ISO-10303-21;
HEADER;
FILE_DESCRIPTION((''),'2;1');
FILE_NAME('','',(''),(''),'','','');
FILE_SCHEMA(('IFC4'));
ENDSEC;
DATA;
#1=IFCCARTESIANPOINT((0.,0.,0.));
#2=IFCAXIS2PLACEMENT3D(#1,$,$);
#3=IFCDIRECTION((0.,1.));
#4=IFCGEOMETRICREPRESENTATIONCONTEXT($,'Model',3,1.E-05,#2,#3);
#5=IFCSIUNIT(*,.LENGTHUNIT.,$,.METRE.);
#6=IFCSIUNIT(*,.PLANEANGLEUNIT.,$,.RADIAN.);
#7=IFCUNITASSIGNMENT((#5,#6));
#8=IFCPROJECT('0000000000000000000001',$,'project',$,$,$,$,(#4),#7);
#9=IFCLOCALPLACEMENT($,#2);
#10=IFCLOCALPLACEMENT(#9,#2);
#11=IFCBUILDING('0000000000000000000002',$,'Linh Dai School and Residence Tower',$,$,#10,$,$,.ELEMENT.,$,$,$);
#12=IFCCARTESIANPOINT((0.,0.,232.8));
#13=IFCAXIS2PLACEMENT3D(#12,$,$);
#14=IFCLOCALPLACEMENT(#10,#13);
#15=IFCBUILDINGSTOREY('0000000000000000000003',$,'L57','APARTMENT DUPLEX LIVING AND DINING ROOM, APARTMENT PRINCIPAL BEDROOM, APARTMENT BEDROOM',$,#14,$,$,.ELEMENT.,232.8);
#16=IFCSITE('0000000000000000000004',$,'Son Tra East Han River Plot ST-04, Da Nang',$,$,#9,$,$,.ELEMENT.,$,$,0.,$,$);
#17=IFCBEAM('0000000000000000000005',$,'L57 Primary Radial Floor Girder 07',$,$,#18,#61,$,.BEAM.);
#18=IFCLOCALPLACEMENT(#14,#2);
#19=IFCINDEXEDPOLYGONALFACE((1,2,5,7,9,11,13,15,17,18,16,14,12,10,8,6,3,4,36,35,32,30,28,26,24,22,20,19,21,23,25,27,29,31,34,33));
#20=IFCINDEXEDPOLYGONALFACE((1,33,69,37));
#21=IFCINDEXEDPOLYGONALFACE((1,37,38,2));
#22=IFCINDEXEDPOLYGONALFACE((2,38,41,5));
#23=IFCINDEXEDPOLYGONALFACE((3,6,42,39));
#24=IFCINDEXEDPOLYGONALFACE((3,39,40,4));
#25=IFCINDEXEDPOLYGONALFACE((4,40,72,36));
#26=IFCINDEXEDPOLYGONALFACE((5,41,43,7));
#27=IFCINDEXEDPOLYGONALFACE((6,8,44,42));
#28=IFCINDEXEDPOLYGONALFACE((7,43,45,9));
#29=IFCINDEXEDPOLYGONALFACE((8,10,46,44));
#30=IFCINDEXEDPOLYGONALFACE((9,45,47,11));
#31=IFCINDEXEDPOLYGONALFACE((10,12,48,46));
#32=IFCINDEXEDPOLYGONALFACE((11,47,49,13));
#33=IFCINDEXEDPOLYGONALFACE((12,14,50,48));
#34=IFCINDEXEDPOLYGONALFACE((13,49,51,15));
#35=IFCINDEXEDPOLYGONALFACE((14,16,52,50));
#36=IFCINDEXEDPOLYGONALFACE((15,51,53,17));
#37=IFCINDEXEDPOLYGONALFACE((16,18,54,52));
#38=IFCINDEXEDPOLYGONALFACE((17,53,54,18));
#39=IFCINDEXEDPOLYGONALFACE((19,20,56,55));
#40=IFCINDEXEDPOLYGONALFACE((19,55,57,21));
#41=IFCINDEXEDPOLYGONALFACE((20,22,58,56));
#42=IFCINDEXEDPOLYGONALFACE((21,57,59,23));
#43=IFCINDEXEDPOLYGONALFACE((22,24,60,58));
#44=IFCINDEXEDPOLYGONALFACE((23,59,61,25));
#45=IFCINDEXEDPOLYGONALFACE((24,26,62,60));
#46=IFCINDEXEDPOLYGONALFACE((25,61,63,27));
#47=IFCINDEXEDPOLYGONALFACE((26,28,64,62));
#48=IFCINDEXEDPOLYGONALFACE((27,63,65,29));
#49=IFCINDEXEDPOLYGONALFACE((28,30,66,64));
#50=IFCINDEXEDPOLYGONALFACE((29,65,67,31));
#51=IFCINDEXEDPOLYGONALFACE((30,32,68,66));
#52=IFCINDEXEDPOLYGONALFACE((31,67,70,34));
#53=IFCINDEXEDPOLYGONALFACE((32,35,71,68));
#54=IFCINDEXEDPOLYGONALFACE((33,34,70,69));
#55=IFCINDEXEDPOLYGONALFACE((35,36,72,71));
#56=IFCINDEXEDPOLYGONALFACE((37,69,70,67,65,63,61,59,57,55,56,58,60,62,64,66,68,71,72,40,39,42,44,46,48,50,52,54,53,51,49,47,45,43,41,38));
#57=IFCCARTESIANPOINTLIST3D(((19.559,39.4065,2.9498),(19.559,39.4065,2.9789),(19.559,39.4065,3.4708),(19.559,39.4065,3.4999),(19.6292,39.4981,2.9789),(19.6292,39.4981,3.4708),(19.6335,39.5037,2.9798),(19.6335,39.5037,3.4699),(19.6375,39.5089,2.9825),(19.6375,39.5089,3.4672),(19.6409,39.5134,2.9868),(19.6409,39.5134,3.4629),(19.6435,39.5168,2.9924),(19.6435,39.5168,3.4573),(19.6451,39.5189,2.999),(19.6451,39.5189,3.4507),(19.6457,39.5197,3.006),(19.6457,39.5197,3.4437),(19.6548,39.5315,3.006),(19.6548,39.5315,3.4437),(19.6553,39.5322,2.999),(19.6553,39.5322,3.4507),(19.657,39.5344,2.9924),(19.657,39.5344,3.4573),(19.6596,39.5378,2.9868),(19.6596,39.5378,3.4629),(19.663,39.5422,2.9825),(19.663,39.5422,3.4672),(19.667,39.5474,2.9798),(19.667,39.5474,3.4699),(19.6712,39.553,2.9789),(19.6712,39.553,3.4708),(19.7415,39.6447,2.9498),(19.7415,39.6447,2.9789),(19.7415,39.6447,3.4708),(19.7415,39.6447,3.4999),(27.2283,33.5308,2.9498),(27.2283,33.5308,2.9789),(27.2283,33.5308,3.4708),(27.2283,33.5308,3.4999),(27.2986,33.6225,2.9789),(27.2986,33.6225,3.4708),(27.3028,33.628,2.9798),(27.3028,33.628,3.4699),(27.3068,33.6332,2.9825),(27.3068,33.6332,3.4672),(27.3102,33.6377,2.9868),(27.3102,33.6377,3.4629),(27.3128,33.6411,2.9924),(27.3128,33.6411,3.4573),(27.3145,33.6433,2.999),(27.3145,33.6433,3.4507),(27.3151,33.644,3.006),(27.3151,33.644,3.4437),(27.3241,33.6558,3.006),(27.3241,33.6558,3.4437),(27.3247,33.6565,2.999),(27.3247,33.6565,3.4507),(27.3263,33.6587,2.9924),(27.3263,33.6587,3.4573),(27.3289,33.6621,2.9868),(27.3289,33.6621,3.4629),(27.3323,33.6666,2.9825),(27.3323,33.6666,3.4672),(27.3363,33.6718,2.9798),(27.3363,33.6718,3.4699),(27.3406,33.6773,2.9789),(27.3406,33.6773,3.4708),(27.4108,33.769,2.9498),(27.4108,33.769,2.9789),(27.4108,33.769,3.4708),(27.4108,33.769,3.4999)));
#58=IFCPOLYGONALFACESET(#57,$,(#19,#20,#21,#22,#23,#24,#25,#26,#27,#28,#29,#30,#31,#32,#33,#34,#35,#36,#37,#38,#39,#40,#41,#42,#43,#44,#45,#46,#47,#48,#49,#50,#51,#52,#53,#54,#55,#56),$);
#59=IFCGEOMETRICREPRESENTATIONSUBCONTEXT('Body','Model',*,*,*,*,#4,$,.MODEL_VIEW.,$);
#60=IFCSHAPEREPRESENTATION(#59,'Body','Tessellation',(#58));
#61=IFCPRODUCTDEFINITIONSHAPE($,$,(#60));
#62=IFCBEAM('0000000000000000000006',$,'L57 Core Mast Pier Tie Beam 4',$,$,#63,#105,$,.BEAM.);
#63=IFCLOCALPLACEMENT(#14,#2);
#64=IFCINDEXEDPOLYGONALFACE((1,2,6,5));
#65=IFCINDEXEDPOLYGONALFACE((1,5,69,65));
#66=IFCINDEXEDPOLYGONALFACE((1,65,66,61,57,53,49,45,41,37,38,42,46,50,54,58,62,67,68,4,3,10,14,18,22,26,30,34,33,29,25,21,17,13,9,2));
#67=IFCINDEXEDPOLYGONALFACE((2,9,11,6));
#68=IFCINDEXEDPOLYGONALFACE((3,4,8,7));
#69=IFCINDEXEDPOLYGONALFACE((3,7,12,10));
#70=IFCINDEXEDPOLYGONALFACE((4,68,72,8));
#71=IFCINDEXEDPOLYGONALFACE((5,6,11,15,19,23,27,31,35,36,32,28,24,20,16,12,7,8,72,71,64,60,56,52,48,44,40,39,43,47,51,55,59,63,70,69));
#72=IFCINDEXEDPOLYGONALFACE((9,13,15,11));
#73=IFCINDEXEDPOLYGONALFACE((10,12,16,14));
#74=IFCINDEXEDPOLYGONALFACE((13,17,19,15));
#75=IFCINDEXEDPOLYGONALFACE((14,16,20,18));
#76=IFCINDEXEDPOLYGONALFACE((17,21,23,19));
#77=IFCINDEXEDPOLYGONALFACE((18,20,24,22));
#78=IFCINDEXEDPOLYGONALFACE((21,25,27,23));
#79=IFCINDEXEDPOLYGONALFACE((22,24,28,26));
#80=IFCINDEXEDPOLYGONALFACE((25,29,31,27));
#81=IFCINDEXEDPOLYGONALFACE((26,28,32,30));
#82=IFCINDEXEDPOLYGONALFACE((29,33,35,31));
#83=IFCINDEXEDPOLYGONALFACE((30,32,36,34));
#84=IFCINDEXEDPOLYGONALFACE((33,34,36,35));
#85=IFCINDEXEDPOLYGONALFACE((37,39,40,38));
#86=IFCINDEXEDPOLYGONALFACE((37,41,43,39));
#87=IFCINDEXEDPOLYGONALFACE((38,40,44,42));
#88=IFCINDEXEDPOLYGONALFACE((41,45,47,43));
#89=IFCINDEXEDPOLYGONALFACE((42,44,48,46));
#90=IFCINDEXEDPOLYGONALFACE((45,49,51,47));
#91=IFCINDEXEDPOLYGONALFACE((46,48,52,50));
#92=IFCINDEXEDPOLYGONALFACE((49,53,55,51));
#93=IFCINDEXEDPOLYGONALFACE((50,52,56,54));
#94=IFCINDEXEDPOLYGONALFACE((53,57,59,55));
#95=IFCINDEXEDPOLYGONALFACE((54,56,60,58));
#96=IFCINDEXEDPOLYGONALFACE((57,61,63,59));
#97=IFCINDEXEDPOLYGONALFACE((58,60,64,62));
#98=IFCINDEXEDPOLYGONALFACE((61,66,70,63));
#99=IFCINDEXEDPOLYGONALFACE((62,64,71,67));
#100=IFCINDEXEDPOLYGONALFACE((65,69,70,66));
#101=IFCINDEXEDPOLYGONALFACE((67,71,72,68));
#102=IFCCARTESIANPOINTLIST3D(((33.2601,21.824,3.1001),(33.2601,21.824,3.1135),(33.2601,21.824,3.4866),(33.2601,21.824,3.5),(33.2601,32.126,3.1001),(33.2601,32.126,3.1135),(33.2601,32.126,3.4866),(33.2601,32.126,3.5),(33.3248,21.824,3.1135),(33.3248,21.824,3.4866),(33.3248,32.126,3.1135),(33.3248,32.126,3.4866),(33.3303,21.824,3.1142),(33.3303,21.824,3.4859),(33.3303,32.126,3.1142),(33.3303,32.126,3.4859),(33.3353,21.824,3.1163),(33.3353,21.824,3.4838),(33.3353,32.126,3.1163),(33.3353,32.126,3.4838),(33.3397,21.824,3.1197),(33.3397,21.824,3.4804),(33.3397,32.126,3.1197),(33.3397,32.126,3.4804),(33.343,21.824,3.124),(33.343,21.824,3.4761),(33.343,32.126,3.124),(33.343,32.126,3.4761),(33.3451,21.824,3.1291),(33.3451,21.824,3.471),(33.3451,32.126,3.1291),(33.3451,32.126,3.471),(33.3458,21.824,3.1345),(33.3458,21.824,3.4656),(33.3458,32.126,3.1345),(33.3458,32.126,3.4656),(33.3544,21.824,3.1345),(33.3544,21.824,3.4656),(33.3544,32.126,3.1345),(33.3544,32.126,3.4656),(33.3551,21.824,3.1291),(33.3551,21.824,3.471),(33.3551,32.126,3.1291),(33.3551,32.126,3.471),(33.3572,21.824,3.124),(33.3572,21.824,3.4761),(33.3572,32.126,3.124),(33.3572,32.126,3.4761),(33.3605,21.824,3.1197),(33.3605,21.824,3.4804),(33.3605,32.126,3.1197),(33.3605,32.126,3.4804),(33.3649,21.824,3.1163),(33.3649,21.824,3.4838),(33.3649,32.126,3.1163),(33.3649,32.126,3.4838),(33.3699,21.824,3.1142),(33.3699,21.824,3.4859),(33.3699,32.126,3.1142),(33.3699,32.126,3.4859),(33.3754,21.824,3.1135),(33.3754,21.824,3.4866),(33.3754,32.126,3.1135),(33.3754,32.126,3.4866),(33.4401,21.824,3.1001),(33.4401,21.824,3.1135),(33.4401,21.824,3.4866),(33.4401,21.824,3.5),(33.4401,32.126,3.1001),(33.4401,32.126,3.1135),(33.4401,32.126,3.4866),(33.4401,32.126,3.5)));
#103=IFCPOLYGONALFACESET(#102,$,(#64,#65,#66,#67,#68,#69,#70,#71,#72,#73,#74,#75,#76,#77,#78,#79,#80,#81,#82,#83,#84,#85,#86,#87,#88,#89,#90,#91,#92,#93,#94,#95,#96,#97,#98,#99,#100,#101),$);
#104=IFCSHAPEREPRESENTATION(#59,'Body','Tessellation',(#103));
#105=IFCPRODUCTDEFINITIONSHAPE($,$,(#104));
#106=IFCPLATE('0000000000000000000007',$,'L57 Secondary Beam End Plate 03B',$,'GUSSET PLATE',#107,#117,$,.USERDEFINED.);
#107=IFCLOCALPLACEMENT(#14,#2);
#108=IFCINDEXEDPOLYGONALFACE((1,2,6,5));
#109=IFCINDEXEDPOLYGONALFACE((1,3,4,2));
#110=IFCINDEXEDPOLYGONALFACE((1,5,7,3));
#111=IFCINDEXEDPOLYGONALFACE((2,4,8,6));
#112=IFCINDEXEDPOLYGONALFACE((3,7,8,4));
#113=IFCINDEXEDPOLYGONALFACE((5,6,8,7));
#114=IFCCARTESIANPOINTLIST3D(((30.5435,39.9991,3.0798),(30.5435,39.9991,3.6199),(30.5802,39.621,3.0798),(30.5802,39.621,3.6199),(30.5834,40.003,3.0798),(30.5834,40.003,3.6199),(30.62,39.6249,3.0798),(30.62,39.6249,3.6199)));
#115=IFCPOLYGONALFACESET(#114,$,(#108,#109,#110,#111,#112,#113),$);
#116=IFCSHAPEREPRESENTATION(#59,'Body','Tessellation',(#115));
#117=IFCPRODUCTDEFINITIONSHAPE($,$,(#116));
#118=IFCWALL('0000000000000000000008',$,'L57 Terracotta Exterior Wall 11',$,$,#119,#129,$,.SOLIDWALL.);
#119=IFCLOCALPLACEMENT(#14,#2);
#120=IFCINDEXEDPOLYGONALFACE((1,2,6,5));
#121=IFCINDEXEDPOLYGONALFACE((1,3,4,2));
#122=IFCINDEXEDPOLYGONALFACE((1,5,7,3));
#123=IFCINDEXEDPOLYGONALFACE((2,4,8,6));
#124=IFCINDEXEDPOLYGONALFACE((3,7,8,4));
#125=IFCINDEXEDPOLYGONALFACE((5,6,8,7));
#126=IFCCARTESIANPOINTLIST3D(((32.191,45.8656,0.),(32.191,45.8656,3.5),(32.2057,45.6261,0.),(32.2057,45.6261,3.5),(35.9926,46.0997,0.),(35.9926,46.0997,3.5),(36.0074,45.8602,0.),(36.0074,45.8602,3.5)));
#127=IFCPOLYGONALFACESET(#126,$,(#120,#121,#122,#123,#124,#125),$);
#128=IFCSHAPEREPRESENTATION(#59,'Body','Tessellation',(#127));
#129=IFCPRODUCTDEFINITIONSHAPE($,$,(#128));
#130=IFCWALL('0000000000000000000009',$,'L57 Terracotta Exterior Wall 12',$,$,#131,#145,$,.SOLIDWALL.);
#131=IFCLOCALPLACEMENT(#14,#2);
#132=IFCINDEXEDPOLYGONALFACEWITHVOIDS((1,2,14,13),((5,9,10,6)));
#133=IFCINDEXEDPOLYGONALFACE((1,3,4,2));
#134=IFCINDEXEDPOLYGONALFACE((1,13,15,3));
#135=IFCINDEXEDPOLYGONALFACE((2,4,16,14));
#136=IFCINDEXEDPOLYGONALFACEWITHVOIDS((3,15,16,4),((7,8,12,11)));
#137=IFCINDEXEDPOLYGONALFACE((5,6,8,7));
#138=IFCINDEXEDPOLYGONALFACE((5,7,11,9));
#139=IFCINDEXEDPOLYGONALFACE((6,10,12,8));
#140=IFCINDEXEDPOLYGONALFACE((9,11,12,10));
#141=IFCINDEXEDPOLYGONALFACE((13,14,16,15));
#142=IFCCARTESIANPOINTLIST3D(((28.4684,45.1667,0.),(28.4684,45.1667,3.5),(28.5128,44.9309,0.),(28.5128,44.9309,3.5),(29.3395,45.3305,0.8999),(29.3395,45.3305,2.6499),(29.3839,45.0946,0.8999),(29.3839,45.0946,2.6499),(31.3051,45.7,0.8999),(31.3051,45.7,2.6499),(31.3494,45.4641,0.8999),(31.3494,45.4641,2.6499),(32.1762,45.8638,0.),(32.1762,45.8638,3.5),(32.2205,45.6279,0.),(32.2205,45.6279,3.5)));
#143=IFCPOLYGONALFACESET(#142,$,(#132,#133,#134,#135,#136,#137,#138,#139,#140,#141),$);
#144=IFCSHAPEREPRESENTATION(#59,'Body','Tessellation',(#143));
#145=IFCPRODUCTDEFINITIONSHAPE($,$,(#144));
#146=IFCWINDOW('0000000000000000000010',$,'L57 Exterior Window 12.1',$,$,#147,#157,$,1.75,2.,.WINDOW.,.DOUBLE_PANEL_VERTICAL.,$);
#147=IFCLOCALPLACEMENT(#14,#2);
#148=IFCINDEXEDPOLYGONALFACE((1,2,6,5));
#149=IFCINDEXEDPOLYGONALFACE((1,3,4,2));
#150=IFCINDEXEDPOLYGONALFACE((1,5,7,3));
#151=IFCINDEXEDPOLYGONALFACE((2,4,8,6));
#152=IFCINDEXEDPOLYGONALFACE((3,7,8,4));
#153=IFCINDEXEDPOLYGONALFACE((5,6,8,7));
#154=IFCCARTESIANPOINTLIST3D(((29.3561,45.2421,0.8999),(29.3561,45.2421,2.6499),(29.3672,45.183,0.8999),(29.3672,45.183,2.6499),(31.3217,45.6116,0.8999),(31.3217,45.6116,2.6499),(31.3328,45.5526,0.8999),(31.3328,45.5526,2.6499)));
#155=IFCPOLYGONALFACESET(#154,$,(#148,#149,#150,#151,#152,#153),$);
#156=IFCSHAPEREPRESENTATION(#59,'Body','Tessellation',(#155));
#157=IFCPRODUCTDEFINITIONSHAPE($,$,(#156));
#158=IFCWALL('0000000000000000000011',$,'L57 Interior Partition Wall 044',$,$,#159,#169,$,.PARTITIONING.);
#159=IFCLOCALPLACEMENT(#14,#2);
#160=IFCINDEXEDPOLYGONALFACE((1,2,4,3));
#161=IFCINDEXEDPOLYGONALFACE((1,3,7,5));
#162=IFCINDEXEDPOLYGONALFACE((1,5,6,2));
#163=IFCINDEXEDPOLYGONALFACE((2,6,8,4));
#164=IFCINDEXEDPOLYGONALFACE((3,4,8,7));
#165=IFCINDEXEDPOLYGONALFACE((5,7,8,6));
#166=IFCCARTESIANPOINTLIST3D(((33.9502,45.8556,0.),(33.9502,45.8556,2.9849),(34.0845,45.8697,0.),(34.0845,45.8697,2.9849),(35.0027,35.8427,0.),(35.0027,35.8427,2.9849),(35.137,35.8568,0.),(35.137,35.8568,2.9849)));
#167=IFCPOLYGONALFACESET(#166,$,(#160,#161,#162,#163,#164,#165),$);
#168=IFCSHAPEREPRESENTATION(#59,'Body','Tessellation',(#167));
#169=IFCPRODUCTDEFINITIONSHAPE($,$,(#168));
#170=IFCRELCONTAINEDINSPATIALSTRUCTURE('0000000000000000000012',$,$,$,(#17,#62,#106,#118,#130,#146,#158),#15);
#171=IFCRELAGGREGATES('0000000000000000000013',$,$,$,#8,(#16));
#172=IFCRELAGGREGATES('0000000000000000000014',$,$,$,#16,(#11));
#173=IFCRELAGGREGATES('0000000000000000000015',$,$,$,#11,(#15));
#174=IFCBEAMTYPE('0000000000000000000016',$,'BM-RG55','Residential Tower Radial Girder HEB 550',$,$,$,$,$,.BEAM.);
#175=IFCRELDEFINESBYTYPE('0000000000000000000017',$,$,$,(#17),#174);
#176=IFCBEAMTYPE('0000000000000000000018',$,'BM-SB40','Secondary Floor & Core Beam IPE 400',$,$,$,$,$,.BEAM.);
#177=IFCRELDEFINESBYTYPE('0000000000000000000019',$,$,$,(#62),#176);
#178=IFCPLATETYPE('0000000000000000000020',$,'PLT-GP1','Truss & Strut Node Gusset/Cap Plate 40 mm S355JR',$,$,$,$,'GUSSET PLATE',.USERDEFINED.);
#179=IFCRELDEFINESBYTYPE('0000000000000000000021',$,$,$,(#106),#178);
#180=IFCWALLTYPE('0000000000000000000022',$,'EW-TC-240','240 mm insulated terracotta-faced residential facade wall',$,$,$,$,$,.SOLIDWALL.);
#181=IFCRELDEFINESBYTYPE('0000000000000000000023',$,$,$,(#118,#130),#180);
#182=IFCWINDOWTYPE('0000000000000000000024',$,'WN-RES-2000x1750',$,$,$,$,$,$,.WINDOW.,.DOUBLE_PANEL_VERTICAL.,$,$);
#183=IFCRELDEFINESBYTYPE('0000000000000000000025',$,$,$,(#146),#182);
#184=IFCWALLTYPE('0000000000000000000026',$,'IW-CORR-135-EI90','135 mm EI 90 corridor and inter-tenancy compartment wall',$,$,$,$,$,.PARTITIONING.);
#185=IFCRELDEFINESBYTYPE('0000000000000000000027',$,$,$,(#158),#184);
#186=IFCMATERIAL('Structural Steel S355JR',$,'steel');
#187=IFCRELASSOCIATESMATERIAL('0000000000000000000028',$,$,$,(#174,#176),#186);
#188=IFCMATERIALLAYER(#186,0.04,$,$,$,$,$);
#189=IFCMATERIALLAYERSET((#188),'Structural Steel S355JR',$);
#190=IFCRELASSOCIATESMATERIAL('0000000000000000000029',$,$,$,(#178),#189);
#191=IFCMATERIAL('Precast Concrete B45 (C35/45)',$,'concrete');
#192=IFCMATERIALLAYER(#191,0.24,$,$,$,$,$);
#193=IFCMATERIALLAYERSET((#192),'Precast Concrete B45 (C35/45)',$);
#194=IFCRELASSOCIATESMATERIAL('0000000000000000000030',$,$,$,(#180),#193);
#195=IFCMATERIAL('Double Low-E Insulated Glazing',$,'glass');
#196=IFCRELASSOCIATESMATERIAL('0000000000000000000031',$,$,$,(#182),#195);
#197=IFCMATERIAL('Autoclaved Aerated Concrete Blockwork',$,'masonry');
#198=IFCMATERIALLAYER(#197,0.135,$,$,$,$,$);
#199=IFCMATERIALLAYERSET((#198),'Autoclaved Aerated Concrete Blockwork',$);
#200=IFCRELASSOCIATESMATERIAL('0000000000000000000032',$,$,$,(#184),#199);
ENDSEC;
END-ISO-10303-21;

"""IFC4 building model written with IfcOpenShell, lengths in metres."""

from ifc_helpers import new_model, si_unit, direction, frame, frame_2d, origin, origin_2d, place, context, subcontext, project, spatial, rectangle, i_section, extrude, source, transform, mapped, material, layer, layer_set, material_profile, profile_set, type_object, element, fill, save


model = new_model("IFC4")

# Units and contexts
model_context = context("Model", 3, precision=1e-05, world=origin(), true_north=direction((0.0, 1.0)))
body_context = subcontext(model_context, "Body", "Model", "MODEL_VIEW")
ifc_project = project(units=[si_unit("LENGTHUNIT", "METRE"), si_unit("PLANEANGLEUNIT", "RADIAN")], contexts=[model_context])

# Site, building, storey
site_placement = place(None, origin())
site = spatial("IfcSite", under=ifc_project, at=site_placement, Name="Son Tra East Han River Plot ST-04, Da Nang", CompositionType="ELEMENT", RefElevation=0.0)
building_placement = place(site_placement, origin())
building = spatial("IfcBuilding", under=site, at=building_placement, Name="Linh Dai School and Residence Tower", CompositionType="ELEMENT")
storey_placement = place(building_placement, frame((0.0, 0.0, 232.8)))
storey = spatial("IfcBuildingStorey", under=building, at=storey_placement, Name="L57", Description="APARTMENT DUPLEX LIVING AND DINING ROOM, APARTMENT PRINCIPAL BEDROOM, APARTMENT BEDROOM", CompositionType="ELEMENT", Elevation=232.8)

# Shared definitions
ifc_material_1 = material(Name="Structural Steel S355JR", Category="steel")

# Beams
ifc_material_profile_1 = material_profile(ifc_material_1, i_section(OverallWidth=0.3, OverallDepth=0.55, WebThickness=0.0149, FlangeThickness=0.0291, FilletRadius=0.0271, at=origin_2d()), Name="HEB 550")
ifc_profile_set_1 = profile_set([ifc_material_profile_1], Name="Structural Steel S355JR")
beam_type_1 = type_object("IfcBeamType", Name="BM-RG55", Description="Residential Tower Radial Girder HEB 550", PredefinedType="BEAM", material=ifc_profile_set_1)
beam_1_placement = place(storey_placement, frame((27.3196, 33.6499, 3.2249), z_axis=(-0.793815, 0.60816, 0.0), x_axis=(-0.60816, -0.793815, 0.0)))
element("IfcBeam", 1, at=beam_1_placement, inside=storey, type_object=beam_type_1, Name="L57 Primary Radial Floor Girder 07", PredefinedType="BEAM", context=body_context, shape_type="SweptSolid", body=[
    extrude(i_section(OverallWidth=0.3, OverallDepth=0.55, WebThickness=0.0149, FlangeThickness=0.0291, FilletRadius=0.0271, at=origin_2d()), origin(), (0.0, 0.0, 1.0), 9.6614),
])
ifc_material_profile_2 = material_profile(ifc_material_1, i_section(OverallWidth=0.1799, OverallDepth=0.3999, WebThickness=0.0085, FlangeThickness=0.0134, FilletRadius=0.021, at=origin_2d()), Name="IPE 400")
ifc_profile_set_2 = profile_set([ifc_material_profile_2], Name="Structural Steel S355JR")
beam_type_2 = type_object("IfcBeamType", Name="BM-SB40", Description="Secondary Floor & Core Beam IPE 400", PredefinedType="BEAM", material=ifc_profile_set_2)
beam_2_placement = place(storey_placement, frame((33.3501, 32.126, 3.3), z_axis=(0.0, -1.0, 0.0), x_axis=(1.0, 0.0, 0.0)))
element("IfcBeam", 2, at=beam_2_placement, inside=storey, type_object=beam_type_2, Name="L57 Core Mast Pier Tie Beam 4", PredefinedType="BEAM", context=body_context, shape_type="SweptSolid", body=[
    extrude(i_section(OverallWidth=0.1799, OverallDepth=0.3999, WebThickness=0.0085, FlangeThickness=0.0134, FilletRadius=0.021, at=origin_2d()), origin(), (0.0, 0.0, 1.0), 10.302),
])

# Plate
ifc_layer_1 = layer(ifc_material_1, 0.04)
ifc_layer_set_1 = layer_set([ifc_layer_1], Name="Structural Steel S355JR")
plate_type = type_object("IfcPlateType", Name="PLT-GP1", Description="Truss & Strut Node Gusset/Cap Plate 40 mm S355JR", ElementType="GUSSET PLATE", PredefinedType="USERDEFINED", material=ifc_layer_set_1)
shared_shape_1 = source(origin(), body_context, "Body", "SweptSolid", [
    extrude(rectangle(XDim=0.04, YDim=0.3799, at=origin_2d()), origin(), (0.0, 0.0, 1.0), 0.54),
])
plate_placement = place(storey_placement, frame((30.5818, 39.812, 3.0798), z_axis=(0.0, 0.0, 1.0), x_axis=(-0.995333, -0.096497, 0.0)))
element("IfcPlate", 3, at=plate_placement, inside=storey, type_object=plate_type, Name="L57 Secondary Beam End Plate 03B", ObjectType="GUSSET PLATE", PredefinedType="USERDEFINED", context=body_context, shape_type="MappedRepresentation", body=[
    mapped(shared_shape_1, transform((0.0, 0.0, 0.0), x_axis=(1.0, 0.0, 0.0), y_axis=(0.0, 1.0, 0.0), z_axis=(0.0, 0.0, 1.0), scale=1.0)),
])

# Wall
ifc_material_2 = material(Name="Precast Concrete B45 (C35/45)", Category="concrete")
ifc_layer_2 = layer(ifc_material_2, 0.24)
ifc_layer_set_2 = layer_set([ifc_layer_2], Name="Precast Concrete B45 (C35/45)")
wall_type_1 = type_object("IfcWallType", Name="EW-TC-240", Description="240 mm insulated terracotta-faced residential facade wall", PredefinedType="SOLIDWALL", material=ifc_layer_set_2)
wall_1_placement = place(storey_placement, frame((32.1985, 45.7458, 0.0), z_axis=(0.0, 0.0, 1.0), x_axis=(0.998109, 0.061472, 0.0)))
element("IfcWall", 4, at=wall_1_placement, inside=storey, type_object=wall_type_1, Name="L57 Terracotta Exterior Wall 11", PredefinedType="SOLIDWALL", context=body_context, shape_type="SweptSolid", body=[
    extrude(rectangle(XDim=3.8088, YDim=0.24, at=frame_2d((1.9043, 0.0))), origin(), (0.0, 0.0, 1.0), 3.5),
])

# Wall, opening, window
wall_2_placement = place(storey_placement, frame((28.4907, 45.0488, 0.0), z_axis=(0.0, 0.0, 1.0), x_axis=(0.982785, 0.184753, 0.0)))
wall_2 = element("IfcWall", 5, at=wall_2_placement, inside=storey, type_object=wall_type_1, Name="L57 Terracotta Exterior Wall 12", PredefinedType="SOLIDWALL", context=body_context, shape_type="SweptSolid", body=[
    extrude(rectangle(XDim=3.7727, YDim=0.24, at=frame_2d((1.8862, 0.0))), origin(), (0.0, 0.0, 1.0), 3.5),
])
opening_1_placement = place(wall_2_placement, frame((0.8862, 0.0, 0.8999)))
opening_1 = element("IfcOpeningElement", 6, at=opening_1_placement, cuts=wall_2, PredefinedType="OPENING", context=body_context, shape_type="SweptSolid", body=[
    extrude(rectangle(XDim=2.0, YDim=1.75, at=origin_2d()), frame((1.0, 0.1299, 0.875), z_axis=(0.0, -1.0, 0.0), x_axis=(1.0, 0.0, 0.0)), (0.0, 0.0, 1.0), 0.26),
])
ifc_material_3 = material(Name="Double Low-E Insulated Glazing", Category="glass")
window_type = type_object("IfcWindowType", Name="WN-RES-2000x1750", PartitioningType="DOUBLE_PANEL_VERTICAL", PredefinedType="WINDOW", material=ifc_material_3)
shared_shape_2 = source(origin(), body_context, "Body", "SweptSolid", [
    extrude(rectangle(XDim=2.0, YDim=1.75, at=origin_2d()), frame((1.0, 0.03, 0.875), z_axis=(0.0, -1.0, 0.0), x_axis=(1.0, 0.0, 0.0)), (0.0, 0.0, 1.0), 0.0601),
])
window_placement = place(opening_1_placement, origin())
window = element("IfcWindow", 7, at=window_placement, inside=storey, type_object=window_type, Name="L57 Exterior Window 12.1", OverallHeight=1.75, OverallWidth=2.0, PartitioningType="DOUBLE_PANEL_VERTICAL", PredefinedType="WINDOW", context=body_context, shape_type="MappedRepresentation", body=[
    mapped(shared_shape_2, transform((0.0, 0.0, 0.0), x_axis=(1.0, 0.0, 0.0), y_axis=(0.0, 1.0, 0.0), z_axis=(0.0, 0.0, 1.0), scale=1.0)),
])
fill(opening_1, window)

# Wall
ifc_material_4 = material(Name="Autoclaved Aerated Concrete Blockwork", Category="masonry")
ifc_layer_3 = layer(ifc_material_4, 0.135)
ifc_layer_set_3 = layer_set([ifc_layer_3], Name="Autoclaved Aerated Concrete Blockwork")
wall_type_2 = type_object("IfcWallType", Name="IW-CORR-135-EI90", Description="135 mm EI 90 corridor and inter-tenancy compartment wall", PredefinedType="PARTITIONING", material=ifc_layer_set_3)
wall_3_placement = place(storey_placement, frame((34.0173, 45.8628, 0.0), z_axis=(0.0, 0.0, 1.0), x_axis=(0.104537, -0.994521, 0.0)))
element("IfcWall", 8, at=wall_3_placement, inside=storey, type_object=wall_type_2, Name="L57 Interior Partition Wall 044", PredefinedType="PARTITIONING", context=body_context, shape_type="SweptSolid", body=[
    extrude(rectangle(XDim=10.0681, YDim=0.135, at=frame_2d((5.0342, 0.0))), origin(), (0.0, 0.0, 1.0), 2.9849),
])

save(model, "model.ifc")
